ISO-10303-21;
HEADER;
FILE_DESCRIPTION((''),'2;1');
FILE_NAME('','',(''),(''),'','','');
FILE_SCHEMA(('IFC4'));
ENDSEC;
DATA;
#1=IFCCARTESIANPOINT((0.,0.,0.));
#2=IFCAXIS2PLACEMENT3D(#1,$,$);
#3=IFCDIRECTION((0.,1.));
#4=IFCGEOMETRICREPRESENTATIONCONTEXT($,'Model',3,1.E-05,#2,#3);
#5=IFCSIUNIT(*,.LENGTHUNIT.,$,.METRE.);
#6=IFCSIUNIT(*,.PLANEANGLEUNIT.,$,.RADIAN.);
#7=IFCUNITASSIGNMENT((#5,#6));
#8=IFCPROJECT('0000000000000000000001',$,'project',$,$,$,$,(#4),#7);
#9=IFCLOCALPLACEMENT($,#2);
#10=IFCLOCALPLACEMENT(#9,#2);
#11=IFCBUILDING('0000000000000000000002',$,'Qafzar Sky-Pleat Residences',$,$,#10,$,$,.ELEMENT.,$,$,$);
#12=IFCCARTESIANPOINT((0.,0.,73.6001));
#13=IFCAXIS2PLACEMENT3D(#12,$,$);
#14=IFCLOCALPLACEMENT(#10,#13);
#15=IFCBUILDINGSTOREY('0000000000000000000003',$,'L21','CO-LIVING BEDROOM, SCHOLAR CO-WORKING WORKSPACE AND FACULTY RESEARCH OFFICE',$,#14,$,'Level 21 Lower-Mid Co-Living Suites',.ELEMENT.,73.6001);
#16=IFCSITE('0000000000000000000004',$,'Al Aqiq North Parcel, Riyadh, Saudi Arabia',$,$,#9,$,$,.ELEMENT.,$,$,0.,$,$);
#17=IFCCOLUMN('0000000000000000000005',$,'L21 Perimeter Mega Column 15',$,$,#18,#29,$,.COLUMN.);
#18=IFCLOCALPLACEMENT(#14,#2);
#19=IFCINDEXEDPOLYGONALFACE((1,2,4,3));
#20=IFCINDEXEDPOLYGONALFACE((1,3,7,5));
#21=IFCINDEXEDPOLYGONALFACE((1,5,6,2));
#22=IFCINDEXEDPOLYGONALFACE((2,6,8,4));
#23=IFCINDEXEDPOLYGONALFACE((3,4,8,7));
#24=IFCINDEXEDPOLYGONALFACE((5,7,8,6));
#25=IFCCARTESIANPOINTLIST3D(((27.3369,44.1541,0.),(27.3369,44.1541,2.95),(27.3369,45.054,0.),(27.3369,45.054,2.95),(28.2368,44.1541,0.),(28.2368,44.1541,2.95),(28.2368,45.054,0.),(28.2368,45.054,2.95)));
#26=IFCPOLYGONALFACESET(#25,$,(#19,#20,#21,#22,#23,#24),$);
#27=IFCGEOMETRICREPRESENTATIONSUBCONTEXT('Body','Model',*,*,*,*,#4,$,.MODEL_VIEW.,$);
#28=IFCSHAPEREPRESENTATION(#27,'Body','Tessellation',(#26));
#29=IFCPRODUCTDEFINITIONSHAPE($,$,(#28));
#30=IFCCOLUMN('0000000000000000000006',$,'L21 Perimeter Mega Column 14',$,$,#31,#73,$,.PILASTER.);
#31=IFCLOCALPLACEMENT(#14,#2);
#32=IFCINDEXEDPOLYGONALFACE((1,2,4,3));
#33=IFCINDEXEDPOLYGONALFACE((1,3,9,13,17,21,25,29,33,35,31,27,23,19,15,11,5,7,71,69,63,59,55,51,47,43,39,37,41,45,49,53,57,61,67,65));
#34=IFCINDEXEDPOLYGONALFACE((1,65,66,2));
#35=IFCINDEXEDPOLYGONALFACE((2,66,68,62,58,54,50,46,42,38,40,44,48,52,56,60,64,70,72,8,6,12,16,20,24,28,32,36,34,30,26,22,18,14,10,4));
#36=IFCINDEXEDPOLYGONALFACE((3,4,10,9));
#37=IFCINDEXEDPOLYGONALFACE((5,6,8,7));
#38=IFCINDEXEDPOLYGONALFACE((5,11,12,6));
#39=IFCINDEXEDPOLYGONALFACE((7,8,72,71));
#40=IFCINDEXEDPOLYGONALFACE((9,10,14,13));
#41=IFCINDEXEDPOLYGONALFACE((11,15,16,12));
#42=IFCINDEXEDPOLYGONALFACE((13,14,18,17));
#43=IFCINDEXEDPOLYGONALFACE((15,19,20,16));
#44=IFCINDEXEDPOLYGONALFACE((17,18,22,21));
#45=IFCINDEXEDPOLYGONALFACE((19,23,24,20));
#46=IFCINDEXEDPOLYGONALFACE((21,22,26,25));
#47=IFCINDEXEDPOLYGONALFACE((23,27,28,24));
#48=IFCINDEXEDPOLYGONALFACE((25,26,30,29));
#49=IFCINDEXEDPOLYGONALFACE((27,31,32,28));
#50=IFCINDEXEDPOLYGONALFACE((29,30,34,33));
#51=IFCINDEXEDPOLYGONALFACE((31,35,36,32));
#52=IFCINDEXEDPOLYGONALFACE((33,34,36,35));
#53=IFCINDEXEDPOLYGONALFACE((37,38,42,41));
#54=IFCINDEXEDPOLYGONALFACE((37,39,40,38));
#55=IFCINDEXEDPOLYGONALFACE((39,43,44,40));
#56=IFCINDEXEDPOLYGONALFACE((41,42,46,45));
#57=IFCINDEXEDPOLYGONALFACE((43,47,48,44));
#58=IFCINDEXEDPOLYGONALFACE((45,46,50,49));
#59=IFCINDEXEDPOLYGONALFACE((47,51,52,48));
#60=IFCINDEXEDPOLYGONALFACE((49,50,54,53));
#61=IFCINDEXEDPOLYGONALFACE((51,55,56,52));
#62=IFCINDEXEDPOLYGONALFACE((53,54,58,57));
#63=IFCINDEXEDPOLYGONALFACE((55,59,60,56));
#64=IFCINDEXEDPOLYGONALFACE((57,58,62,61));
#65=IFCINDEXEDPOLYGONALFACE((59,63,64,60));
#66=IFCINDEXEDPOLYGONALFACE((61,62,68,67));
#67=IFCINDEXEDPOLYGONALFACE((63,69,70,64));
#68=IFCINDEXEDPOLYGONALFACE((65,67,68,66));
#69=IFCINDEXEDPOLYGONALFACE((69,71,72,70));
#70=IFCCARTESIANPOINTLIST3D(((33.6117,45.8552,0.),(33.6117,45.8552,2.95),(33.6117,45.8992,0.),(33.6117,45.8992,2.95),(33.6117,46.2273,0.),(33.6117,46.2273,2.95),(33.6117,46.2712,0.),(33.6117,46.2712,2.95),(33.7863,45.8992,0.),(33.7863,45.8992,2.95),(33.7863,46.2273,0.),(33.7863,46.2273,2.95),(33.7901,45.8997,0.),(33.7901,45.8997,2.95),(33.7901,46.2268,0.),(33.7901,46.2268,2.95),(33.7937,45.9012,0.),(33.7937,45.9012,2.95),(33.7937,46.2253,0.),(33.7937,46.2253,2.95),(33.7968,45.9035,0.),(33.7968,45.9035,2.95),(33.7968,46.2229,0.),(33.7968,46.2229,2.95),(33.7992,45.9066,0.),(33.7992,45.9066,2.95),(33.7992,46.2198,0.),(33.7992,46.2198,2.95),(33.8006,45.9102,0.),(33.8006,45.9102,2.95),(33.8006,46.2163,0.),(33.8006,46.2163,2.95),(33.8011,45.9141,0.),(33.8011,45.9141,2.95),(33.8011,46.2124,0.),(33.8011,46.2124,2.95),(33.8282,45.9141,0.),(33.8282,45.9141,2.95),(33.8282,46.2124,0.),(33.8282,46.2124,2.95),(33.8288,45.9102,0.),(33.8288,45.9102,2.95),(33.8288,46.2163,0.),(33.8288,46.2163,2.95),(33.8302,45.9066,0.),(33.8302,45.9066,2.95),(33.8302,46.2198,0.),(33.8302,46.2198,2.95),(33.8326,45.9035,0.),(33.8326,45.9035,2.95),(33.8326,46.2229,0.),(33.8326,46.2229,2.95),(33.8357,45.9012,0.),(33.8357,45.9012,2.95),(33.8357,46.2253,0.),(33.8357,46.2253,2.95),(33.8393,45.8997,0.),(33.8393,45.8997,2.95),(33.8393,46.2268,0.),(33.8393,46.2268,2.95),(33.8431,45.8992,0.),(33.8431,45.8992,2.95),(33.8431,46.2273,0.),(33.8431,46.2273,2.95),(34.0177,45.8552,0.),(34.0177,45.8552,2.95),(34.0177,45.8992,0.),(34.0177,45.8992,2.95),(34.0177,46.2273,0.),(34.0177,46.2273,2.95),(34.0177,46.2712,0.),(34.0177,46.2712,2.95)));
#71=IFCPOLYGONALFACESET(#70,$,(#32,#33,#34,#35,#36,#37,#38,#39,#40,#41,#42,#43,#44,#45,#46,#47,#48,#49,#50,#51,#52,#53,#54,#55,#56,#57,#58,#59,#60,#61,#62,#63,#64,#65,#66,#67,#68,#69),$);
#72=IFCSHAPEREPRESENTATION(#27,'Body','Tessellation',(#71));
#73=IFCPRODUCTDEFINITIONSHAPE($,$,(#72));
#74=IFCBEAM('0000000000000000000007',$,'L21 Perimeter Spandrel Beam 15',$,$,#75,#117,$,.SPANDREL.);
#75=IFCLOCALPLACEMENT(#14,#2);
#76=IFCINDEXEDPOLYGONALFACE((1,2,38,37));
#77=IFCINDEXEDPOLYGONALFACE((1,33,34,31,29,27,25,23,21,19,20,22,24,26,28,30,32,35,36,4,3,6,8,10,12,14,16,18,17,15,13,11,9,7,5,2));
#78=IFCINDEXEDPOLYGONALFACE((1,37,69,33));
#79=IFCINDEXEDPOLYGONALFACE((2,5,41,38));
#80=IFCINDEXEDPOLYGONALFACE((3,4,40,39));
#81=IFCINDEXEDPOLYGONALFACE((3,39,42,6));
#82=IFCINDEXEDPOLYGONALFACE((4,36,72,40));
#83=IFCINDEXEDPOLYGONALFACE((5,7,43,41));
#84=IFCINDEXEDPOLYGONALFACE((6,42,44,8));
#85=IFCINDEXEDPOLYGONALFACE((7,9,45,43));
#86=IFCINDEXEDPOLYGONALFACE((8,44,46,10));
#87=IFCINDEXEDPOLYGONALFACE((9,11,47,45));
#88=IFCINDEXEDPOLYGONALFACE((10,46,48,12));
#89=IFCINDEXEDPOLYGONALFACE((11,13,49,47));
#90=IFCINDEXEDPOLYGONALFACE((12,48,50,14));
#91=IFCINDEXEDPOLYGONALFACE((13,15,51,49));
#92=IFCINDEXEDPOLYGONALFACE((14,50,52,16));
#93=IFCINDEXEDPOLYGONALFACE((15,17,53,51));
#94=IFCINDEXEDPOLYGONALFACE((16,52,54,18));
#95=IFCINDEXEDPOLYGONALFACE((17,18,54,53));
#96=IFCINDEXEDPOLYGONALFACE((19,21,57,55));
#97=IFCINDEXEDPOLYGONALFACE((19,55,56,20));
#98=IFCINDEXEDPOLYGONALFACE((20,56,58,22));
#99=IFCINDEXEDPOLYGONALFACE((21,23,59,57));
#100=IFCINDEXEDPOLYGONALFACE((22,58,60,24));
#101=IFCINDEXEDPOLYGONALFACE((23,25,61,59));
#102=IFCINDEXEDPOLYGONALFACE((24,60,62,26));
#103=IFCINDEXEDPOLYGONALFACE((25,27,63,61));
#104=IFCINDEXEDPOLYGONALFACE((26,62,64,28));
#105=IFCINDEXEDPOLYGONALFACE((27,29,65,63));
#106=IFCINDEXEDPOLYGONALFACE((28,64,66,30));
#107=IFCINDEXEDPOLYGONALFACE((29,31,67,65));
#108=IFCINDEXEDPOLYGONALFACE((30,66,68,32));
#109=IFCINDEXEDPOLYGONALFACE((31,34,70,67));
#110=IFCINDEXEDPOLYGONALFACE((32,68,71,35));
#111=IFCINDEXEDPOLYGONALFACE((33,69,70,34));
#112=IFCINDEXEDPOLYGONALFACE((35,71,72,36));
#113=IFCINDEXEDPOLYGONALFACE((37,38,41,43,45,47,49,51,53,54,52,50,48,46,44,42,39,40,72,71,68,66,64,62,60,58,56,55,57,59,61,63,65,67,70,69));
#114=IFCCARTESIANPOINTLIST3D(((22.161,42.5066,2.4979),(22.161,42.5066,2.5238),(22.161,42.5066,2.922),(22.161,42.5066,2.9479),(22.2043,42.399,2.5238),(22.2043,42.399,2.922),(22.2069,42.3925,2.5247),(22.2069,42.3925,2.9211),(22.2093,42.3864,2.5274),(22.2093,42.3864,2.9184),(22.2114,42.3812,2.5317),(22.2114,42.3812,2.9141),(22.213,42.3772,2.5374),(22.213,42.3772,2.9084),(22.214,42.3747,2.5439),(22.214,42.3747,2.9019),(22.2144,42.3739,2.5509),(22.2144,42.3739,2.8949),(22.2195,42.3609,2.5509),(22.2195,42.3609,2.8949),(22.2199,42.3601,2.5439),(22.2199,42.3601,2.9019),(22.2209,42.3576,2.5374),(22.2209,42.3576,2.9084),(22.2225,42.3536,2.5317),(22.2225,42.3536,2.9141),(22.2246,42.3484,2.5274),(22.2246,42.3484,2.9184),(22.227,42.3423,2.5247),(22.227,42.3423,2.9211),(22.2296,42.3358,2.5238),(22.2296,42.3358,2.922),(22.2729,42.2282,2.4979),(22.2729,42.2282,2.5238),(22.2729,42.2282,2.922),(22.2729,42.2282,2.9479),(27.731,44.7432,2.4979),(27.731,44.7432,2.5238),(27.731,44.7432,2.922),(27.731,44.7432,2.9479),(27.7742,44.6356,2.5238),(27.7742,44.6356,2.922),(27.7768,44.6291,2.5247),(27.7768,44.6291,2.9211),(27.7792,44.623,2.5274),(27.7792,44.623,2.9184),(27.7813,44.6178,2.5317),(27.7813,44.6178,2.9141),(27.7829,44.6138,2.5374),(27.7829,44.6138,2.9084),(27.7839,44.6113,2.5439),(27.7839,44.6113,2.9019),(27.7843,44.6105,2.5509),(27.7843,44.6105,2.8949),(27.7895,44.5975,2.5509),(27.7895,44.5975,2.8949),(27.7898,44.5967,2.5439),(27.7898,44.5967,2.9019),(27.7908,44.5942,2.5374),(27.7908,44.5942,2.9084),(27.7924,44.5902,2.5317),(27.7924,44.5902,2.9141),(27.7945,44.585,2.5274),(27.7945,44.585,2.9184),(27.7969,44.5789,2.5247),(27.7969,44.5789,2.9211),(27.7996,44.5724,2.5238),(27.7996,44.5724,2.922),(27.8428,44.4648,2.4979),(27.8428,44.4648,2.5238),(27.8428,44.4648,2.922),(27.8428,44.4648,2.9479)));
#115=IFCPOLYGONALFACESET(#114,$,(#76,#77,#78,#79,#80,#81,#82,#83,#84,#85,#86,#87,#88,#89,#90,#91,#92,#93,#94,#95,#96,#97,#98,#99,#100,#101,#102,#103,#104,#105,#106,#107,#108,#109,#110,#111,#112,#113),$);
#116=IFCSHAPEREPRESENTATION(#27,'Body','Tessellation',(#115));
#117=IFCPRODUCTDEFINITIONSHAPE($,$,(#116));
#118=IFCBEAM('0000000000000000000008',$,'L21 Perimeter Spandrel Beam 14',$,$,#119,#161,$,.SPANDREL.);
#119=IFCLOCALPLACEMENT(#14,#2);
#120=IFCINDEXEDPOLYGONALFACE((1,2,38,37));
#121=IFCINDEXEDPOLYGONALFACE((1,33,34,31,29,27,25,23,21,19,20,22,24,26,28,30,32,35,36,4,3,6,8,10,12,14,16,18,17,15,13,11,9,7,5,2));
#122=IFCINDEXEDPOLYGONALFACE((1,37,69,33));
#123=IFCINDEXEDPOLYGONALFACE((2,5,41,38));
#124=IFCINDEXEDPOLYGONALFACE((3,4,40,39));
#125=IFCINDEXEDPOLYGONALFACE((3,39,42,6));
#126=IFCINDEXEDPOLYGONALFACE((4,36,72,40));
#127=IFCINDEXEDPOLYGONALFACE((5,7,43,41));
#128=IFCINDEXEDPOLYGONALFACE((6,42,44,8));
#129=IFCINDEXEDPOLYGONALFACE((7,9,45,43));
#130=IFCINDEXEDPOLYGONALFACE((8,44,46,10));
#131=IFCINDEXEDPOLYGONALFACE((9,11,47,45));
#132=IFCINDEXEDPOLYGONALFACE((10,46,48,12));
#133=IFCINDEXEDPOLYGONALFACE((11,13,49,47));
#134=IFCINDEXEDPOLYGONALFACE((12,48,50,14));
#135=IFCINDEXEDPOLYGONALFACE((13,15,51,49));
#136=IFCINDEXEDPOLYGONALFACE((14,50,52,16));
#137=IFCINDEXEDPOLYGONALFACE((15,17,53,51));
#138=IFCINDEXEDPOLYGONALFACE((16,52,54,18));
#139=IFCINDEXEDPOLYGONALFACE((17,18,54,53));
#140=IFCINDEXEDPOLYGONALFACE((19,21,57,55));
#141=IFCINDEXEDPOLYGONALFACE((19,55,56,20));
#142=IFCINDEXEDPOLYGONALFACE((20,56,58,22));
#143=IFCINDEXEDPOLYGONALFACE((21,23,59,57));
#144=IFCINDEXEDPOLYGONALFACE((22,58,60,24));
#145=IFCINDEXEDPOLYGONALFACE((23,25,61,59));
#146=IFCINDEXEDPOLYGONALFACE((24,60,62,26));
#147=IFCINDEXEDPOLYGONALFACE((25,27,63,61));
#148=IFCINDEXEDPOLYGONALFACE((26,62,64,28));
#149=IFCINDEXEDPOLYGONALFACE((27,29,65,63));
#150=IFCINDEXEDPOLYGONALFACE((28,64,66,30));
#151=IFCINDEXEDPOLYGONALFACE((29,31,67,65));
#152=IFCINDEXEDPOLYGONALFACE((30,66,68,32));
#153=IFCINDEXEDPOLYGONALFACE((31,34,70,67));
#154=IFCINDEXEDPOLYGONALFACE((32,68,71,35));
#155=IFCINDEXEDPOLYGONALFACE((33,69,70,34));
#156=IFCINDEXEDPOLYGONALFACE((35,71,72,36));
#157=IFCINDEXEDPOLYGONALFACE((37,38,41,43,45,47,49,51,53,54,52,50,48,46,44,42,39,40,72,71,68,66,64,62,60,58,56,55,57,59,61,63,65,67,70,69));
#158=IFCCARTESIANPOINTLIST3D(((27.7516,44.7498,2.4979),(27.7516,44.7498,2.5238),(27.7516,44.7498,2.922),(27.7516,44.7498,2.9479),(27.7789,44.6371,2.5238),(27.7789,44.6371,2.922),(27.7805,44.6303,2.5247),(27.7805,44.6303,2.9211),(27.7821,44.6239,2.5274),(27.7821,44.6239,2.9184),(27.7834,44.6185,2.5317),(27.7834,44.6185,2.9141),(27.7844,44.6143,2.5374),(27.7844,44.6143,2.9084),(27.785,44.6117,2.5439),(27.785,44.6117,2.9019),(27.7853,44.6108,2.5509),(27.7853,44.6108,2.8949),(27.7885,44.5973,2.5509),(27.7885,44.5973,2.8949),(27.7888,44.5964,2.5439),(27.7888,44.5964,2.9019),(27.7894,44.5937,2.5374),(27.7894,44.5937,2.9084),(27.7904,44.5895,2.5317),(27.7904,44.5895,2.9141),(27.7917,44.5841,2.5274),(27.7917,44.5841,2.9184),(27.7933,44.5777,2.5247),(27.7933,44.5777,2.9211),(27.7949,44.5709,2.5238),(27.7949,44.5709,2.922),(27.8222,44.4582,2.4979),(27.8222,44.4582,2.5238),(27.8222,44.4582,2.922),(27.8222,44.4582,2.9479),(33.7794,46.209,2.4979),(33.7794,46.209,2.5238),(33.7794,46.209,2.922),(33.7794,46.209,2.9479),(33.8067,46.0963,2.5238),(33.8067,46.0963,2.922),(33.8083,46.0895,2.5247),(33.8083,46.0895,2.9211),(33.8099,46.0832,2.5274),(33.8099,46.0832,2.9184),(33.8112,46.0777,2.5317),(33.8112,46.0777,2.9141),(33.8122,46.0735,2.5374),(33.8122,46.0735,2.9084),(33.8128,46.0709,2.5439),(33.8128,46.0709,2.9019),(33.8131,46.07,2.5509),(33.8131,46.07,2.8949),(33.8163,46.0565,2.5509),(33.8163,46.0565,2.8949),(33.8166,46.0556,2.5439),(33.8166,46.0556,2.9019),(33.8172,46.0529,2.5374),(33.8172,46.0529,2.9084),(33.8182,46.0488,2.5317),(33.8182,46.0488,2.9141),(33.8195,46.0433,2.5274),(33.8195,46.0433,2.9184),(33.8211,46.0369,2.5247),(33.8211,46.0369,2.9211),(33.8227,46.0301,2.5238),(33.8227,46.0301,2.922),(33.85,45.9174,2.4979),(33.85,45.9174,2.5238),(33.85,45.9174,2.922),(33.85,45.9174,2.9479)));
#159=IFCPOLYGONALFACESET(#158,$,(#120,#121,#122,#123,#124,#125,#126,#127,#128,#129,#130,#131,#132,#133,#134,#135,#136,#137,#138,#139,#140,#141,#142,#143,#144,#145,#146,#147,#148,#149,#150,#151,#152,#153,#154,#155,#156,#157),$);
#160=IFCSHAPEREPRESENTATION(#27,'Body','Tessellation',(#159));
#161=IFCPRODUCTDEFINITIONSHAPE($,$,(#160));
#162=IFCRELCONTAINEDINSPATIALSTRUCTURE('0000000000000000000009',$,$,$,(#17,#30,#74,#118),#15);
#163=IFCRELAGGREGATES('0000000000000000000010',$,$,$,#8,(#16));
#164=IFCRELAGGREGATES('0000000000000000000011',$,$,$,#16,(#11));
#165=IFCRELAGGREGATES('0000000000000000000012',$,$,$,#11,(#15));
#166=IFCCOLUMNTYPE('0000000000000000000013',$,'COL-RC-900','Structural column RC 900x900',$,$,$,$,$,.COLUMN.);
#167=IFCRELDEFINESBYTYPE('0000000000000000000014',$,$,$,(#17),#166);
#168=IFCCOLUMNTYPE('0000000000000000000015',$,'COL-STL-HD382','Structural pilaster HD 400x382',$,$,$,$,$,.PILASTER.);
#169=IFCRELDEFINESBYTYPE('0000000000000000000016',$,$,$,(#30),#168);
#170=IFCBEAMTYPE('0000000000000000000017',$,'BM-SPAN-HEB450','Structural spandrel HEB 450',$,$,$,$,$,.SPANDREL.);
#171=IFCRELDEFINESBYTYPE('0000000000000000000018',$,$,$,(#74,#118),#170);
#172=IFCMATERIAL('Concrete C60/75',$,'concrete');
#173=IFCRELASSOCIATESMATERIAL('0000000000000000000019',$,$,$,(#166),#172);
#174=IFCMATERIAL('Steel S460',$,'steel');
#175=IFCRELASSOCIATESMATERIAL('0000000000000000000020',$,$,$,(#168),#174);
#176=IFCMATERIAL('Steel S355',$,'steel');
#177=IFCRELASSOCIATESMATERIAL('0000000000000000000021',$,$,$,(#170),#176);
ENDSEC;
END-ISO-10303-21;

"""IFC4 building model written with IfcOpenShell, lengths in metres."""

from ifc_helpers import new_model, si_unit, direction, frame, origin, origin_2d, place, context, subcontext, project, spatial, rectangle, i_section, extrude, source, transform, mapped, material, material_profile, profile_set, type_object, element, save


model = new_model("IFC4")

# Units and contexts
model_context = context("Model", 3, precision=1e-05, world=origin(), true_north=direction((0.0, 1.0)))
body_context = subcontext(model_context, "Body", "Model", "MODEL_VIEW")
ifc_project = project(units=[si_unit("LENGTHUNIT", "METRE"), si_unit("PLANEANGLEUNIT", "RADIAN")], contexts=[model_context])

# Site, building, storey
site_placement = place(None, origin())
site = spatial("IfcSite", under=ifc_project, at=site_placement, Name="Al Aqiq North Parcel, Riyadh, Saudi Arabia", CompositionType="ELEMENT", RefElevation=0.0)
building_placement = place(site_placement, origin())
building = spatial("IfcBuilding", under=site, at=building_placement, Name="Qafzar Sky-Pleat Residences", CompositionType="ELEMENT")
storey_placement = place(building_placement, frame((0.0, 0.0, 73.6001)))
storey = spatial("IfcBuildingStorey", under=building, at=storey_placement, Name="L21", Description="CO-LIVING BEDROOM, SCHOLAR CO-WORKING WORKSPACE AND FACULTY RESEARCH OFFICE", LongName="Level 21 Lower-Mid Co-Living Suites", CompositionType="ELEMENT", Elevation=73.6001)

# Columns
ifc_material_1 = material(Name="Concrete C60/75", Category="concrete")
ifc_material_profile_1 = material_profile(ifc_material_1, rectangle(XDim=0.8999, YDim=0.8999, at=origin_2d()), Name="RC 900x900")
ifc_profile_set_1 = profile_set([ifc_material_profile_1], Name="Concrete C60/75")
column_type_1 = type_object("IfcColumnType", Name="COL-RC-900", Description="Structural column RC 900x900", PredefinedType="COLUMN", material=ifc_profile_set_1)
shared_shape_1 = source(origin(), body_context, "Body", "SweptSolid", [
    extrude(rectangle(XDim=0.8999, YDim=0.8999, at=origin_2d()), origin(), (0.0, 0.0, 1.0), 2.95),
])
column_1_placement = place(storey_placement, frame((27.7869, 44.604, 0.0), z_axis=(0.0, 0.0, 1.0), x_axis=(1.0, 0.0, 0.0)))
element("IfcColumn", 1, at=column_1_placement, inside=storey, type_object=column_type_1, Name="L21 Perimeter Mega Column 15", PredefinedType="COLUMN", context=body_context, shape_type="MappedRepresentation", body=[
    mapped(shared_shape_1, transform((0.0, 0.0, 0.0), x_axis=(1.0, 0.0, 0.0), y_axis=(0.0, 1.0, 0.0), z_axis=(0.0, 0.0, 1.0), scale=1.0)),
])
ifc_material_2 = material(Name="Steel S460", Category="steel")
ifc_material_profile_2 = material_profile(ifc_material_2, i_section(OverallWidth=0.406, OverallDepth=0.416, WebThickness=0.0271, FlangeThickness=0.0439, FilletRadius=0.0149, at=origin_2d()), Name="HD 400x382")
ifc_profile_set_2 = profile_set([ifc_material_profile_2], Name="Steel S460")
column_type_2 = type_object("IfcColumnType", Name="COL-STL-HD382", Description="Structural pilaster HD 400x382", PredefinedType="PILASTER", material=ifc_profile_set_2)
shared_shape_2 = source(origin(), body_context, "Body", "SweptSolid", [
    extrude(i_section(OverallWidth=0.406, OverallDepth=0.416, WebThickness=0.0271, FlangeThickness=0.0439, FilletRadius=0.0149, at=origin_2d()), origin(), (0.0, 0.0, 1.0), 2.95),
])
column_2_placement = place(storey_placement, frame((33.8147, 46.0632, 0.0), z_axis=(0.0, 0.0, 1.0), x_axis=(1.0, 0.0, 0.0)))
element("IfcColumn", 2, at=column_2_placement, inside=storey, type_object=column_type_2, Name="L21 Perimeter Mega Column 14", PredefinedType="PILASTER", context=body_context, shape_type="MappedRepresentation", body=[
    mapped(shared_shape_2, transform((0.0, 0.0, 0.0), x_axis=(1.0, 0.0, 0.0), y_axis=(0.0, 1.0, 0.0), z_axis=(0.0, 0.0, 1.0), scale=1.0)),
])

# Beams
ifc_material_3 = material(Name="Steel S355", Category="steel")
ifc_material_profile_3 = material_profile(ifc_material_3, i_section(OverallWidth=0.3, OverallDepth=0.45, WebThickness=0.0139, FlangeThickness=0.0259, FilletRadius=0.0271, at=origin_2d()), Name="HEB 450")
ifc_profile_set_3 = profile_set([ifc_material_profile_3], Name="Steel S355")
beam_type_1 = type_object("IfcBeamType", Name="BM-SPAN-HEB450", Description="Structural spandrel HEB 450", PredefinedType="SPANDREL", material=ifc_profile_set_3)
shared_shape_3 = source(origin(), body_context, "Body", "SweptSolid", [
    extrude(i_section(OverallWidth=0.3, OverallDepth=0.45, WebThickness=0.0139, FlangeThickness=0.0259, FilletRadius=0.0271, at=origin_2d()), origin(), (0.0, 0.0, 1.0), 6.0022),
])
beam_1_placement = place(storey_placement, frame((27.7869, 44.604, 2.7229), z_axis=(-0.927979, -0.372632, 0.0), x_axis=(0.372632, -0.927979, 0.0)))
element("IfcBeam", 3, at=beam_1_placement, inside=storey, type_object=beam_type_1, Name="L21 Perimeter Spandrel Beam 15", PredefinedType="SPANDREL", context=body_context, shape_type="MappedRepresentation", body=[
    mapped(shared_shape_3, transform((0.0, 0.0, 0.0), x_axis=(1.0, 0.0, 0.0), y_axis=(0.0, 1.0, 0.0), z_axis=(0.0, 0.0, 1.0), scale=1.0)),
])
shared_shape_4 = source(origin(), body_context, "Body", "SweptSolid", [
    extrude(i_section(OverallWidth=0.3, OverallDepth=0.45, WebThickness=0.0139, FlangeThickness=0.0259, FilletRadius=0.0271, at=origin_2d()), origin(), (0.0, 0.0, 1.0), 6.2019),
])
beam_2_placement = place(storey_placement, frame((33.8147, 46.0632, 2.7229), z_axis=(-0.971926, -0.235286, 0.0), x_axis=(0.235286, -0.971926, 0.0)))
element("IfcBeam", 4, at=beam_2_placement, inside=storey, type_object=beam_type_1, Name="L21 Perimeter Spandrel Beam 14", PredefinedType="SPANDREL", context=body_context, shape_type="MappedRepresentation", body=[
    mapped(shared_shape_4, transform((0.0, 0.0, 0.0), x_axis=(1.0, 0.0, 0.0), y_axis=(0.0, 1.0, 0.0), z_axis=(0.0, 0.0, 1.0), scale=1.0)),
])

save(model, "model.ifc")
